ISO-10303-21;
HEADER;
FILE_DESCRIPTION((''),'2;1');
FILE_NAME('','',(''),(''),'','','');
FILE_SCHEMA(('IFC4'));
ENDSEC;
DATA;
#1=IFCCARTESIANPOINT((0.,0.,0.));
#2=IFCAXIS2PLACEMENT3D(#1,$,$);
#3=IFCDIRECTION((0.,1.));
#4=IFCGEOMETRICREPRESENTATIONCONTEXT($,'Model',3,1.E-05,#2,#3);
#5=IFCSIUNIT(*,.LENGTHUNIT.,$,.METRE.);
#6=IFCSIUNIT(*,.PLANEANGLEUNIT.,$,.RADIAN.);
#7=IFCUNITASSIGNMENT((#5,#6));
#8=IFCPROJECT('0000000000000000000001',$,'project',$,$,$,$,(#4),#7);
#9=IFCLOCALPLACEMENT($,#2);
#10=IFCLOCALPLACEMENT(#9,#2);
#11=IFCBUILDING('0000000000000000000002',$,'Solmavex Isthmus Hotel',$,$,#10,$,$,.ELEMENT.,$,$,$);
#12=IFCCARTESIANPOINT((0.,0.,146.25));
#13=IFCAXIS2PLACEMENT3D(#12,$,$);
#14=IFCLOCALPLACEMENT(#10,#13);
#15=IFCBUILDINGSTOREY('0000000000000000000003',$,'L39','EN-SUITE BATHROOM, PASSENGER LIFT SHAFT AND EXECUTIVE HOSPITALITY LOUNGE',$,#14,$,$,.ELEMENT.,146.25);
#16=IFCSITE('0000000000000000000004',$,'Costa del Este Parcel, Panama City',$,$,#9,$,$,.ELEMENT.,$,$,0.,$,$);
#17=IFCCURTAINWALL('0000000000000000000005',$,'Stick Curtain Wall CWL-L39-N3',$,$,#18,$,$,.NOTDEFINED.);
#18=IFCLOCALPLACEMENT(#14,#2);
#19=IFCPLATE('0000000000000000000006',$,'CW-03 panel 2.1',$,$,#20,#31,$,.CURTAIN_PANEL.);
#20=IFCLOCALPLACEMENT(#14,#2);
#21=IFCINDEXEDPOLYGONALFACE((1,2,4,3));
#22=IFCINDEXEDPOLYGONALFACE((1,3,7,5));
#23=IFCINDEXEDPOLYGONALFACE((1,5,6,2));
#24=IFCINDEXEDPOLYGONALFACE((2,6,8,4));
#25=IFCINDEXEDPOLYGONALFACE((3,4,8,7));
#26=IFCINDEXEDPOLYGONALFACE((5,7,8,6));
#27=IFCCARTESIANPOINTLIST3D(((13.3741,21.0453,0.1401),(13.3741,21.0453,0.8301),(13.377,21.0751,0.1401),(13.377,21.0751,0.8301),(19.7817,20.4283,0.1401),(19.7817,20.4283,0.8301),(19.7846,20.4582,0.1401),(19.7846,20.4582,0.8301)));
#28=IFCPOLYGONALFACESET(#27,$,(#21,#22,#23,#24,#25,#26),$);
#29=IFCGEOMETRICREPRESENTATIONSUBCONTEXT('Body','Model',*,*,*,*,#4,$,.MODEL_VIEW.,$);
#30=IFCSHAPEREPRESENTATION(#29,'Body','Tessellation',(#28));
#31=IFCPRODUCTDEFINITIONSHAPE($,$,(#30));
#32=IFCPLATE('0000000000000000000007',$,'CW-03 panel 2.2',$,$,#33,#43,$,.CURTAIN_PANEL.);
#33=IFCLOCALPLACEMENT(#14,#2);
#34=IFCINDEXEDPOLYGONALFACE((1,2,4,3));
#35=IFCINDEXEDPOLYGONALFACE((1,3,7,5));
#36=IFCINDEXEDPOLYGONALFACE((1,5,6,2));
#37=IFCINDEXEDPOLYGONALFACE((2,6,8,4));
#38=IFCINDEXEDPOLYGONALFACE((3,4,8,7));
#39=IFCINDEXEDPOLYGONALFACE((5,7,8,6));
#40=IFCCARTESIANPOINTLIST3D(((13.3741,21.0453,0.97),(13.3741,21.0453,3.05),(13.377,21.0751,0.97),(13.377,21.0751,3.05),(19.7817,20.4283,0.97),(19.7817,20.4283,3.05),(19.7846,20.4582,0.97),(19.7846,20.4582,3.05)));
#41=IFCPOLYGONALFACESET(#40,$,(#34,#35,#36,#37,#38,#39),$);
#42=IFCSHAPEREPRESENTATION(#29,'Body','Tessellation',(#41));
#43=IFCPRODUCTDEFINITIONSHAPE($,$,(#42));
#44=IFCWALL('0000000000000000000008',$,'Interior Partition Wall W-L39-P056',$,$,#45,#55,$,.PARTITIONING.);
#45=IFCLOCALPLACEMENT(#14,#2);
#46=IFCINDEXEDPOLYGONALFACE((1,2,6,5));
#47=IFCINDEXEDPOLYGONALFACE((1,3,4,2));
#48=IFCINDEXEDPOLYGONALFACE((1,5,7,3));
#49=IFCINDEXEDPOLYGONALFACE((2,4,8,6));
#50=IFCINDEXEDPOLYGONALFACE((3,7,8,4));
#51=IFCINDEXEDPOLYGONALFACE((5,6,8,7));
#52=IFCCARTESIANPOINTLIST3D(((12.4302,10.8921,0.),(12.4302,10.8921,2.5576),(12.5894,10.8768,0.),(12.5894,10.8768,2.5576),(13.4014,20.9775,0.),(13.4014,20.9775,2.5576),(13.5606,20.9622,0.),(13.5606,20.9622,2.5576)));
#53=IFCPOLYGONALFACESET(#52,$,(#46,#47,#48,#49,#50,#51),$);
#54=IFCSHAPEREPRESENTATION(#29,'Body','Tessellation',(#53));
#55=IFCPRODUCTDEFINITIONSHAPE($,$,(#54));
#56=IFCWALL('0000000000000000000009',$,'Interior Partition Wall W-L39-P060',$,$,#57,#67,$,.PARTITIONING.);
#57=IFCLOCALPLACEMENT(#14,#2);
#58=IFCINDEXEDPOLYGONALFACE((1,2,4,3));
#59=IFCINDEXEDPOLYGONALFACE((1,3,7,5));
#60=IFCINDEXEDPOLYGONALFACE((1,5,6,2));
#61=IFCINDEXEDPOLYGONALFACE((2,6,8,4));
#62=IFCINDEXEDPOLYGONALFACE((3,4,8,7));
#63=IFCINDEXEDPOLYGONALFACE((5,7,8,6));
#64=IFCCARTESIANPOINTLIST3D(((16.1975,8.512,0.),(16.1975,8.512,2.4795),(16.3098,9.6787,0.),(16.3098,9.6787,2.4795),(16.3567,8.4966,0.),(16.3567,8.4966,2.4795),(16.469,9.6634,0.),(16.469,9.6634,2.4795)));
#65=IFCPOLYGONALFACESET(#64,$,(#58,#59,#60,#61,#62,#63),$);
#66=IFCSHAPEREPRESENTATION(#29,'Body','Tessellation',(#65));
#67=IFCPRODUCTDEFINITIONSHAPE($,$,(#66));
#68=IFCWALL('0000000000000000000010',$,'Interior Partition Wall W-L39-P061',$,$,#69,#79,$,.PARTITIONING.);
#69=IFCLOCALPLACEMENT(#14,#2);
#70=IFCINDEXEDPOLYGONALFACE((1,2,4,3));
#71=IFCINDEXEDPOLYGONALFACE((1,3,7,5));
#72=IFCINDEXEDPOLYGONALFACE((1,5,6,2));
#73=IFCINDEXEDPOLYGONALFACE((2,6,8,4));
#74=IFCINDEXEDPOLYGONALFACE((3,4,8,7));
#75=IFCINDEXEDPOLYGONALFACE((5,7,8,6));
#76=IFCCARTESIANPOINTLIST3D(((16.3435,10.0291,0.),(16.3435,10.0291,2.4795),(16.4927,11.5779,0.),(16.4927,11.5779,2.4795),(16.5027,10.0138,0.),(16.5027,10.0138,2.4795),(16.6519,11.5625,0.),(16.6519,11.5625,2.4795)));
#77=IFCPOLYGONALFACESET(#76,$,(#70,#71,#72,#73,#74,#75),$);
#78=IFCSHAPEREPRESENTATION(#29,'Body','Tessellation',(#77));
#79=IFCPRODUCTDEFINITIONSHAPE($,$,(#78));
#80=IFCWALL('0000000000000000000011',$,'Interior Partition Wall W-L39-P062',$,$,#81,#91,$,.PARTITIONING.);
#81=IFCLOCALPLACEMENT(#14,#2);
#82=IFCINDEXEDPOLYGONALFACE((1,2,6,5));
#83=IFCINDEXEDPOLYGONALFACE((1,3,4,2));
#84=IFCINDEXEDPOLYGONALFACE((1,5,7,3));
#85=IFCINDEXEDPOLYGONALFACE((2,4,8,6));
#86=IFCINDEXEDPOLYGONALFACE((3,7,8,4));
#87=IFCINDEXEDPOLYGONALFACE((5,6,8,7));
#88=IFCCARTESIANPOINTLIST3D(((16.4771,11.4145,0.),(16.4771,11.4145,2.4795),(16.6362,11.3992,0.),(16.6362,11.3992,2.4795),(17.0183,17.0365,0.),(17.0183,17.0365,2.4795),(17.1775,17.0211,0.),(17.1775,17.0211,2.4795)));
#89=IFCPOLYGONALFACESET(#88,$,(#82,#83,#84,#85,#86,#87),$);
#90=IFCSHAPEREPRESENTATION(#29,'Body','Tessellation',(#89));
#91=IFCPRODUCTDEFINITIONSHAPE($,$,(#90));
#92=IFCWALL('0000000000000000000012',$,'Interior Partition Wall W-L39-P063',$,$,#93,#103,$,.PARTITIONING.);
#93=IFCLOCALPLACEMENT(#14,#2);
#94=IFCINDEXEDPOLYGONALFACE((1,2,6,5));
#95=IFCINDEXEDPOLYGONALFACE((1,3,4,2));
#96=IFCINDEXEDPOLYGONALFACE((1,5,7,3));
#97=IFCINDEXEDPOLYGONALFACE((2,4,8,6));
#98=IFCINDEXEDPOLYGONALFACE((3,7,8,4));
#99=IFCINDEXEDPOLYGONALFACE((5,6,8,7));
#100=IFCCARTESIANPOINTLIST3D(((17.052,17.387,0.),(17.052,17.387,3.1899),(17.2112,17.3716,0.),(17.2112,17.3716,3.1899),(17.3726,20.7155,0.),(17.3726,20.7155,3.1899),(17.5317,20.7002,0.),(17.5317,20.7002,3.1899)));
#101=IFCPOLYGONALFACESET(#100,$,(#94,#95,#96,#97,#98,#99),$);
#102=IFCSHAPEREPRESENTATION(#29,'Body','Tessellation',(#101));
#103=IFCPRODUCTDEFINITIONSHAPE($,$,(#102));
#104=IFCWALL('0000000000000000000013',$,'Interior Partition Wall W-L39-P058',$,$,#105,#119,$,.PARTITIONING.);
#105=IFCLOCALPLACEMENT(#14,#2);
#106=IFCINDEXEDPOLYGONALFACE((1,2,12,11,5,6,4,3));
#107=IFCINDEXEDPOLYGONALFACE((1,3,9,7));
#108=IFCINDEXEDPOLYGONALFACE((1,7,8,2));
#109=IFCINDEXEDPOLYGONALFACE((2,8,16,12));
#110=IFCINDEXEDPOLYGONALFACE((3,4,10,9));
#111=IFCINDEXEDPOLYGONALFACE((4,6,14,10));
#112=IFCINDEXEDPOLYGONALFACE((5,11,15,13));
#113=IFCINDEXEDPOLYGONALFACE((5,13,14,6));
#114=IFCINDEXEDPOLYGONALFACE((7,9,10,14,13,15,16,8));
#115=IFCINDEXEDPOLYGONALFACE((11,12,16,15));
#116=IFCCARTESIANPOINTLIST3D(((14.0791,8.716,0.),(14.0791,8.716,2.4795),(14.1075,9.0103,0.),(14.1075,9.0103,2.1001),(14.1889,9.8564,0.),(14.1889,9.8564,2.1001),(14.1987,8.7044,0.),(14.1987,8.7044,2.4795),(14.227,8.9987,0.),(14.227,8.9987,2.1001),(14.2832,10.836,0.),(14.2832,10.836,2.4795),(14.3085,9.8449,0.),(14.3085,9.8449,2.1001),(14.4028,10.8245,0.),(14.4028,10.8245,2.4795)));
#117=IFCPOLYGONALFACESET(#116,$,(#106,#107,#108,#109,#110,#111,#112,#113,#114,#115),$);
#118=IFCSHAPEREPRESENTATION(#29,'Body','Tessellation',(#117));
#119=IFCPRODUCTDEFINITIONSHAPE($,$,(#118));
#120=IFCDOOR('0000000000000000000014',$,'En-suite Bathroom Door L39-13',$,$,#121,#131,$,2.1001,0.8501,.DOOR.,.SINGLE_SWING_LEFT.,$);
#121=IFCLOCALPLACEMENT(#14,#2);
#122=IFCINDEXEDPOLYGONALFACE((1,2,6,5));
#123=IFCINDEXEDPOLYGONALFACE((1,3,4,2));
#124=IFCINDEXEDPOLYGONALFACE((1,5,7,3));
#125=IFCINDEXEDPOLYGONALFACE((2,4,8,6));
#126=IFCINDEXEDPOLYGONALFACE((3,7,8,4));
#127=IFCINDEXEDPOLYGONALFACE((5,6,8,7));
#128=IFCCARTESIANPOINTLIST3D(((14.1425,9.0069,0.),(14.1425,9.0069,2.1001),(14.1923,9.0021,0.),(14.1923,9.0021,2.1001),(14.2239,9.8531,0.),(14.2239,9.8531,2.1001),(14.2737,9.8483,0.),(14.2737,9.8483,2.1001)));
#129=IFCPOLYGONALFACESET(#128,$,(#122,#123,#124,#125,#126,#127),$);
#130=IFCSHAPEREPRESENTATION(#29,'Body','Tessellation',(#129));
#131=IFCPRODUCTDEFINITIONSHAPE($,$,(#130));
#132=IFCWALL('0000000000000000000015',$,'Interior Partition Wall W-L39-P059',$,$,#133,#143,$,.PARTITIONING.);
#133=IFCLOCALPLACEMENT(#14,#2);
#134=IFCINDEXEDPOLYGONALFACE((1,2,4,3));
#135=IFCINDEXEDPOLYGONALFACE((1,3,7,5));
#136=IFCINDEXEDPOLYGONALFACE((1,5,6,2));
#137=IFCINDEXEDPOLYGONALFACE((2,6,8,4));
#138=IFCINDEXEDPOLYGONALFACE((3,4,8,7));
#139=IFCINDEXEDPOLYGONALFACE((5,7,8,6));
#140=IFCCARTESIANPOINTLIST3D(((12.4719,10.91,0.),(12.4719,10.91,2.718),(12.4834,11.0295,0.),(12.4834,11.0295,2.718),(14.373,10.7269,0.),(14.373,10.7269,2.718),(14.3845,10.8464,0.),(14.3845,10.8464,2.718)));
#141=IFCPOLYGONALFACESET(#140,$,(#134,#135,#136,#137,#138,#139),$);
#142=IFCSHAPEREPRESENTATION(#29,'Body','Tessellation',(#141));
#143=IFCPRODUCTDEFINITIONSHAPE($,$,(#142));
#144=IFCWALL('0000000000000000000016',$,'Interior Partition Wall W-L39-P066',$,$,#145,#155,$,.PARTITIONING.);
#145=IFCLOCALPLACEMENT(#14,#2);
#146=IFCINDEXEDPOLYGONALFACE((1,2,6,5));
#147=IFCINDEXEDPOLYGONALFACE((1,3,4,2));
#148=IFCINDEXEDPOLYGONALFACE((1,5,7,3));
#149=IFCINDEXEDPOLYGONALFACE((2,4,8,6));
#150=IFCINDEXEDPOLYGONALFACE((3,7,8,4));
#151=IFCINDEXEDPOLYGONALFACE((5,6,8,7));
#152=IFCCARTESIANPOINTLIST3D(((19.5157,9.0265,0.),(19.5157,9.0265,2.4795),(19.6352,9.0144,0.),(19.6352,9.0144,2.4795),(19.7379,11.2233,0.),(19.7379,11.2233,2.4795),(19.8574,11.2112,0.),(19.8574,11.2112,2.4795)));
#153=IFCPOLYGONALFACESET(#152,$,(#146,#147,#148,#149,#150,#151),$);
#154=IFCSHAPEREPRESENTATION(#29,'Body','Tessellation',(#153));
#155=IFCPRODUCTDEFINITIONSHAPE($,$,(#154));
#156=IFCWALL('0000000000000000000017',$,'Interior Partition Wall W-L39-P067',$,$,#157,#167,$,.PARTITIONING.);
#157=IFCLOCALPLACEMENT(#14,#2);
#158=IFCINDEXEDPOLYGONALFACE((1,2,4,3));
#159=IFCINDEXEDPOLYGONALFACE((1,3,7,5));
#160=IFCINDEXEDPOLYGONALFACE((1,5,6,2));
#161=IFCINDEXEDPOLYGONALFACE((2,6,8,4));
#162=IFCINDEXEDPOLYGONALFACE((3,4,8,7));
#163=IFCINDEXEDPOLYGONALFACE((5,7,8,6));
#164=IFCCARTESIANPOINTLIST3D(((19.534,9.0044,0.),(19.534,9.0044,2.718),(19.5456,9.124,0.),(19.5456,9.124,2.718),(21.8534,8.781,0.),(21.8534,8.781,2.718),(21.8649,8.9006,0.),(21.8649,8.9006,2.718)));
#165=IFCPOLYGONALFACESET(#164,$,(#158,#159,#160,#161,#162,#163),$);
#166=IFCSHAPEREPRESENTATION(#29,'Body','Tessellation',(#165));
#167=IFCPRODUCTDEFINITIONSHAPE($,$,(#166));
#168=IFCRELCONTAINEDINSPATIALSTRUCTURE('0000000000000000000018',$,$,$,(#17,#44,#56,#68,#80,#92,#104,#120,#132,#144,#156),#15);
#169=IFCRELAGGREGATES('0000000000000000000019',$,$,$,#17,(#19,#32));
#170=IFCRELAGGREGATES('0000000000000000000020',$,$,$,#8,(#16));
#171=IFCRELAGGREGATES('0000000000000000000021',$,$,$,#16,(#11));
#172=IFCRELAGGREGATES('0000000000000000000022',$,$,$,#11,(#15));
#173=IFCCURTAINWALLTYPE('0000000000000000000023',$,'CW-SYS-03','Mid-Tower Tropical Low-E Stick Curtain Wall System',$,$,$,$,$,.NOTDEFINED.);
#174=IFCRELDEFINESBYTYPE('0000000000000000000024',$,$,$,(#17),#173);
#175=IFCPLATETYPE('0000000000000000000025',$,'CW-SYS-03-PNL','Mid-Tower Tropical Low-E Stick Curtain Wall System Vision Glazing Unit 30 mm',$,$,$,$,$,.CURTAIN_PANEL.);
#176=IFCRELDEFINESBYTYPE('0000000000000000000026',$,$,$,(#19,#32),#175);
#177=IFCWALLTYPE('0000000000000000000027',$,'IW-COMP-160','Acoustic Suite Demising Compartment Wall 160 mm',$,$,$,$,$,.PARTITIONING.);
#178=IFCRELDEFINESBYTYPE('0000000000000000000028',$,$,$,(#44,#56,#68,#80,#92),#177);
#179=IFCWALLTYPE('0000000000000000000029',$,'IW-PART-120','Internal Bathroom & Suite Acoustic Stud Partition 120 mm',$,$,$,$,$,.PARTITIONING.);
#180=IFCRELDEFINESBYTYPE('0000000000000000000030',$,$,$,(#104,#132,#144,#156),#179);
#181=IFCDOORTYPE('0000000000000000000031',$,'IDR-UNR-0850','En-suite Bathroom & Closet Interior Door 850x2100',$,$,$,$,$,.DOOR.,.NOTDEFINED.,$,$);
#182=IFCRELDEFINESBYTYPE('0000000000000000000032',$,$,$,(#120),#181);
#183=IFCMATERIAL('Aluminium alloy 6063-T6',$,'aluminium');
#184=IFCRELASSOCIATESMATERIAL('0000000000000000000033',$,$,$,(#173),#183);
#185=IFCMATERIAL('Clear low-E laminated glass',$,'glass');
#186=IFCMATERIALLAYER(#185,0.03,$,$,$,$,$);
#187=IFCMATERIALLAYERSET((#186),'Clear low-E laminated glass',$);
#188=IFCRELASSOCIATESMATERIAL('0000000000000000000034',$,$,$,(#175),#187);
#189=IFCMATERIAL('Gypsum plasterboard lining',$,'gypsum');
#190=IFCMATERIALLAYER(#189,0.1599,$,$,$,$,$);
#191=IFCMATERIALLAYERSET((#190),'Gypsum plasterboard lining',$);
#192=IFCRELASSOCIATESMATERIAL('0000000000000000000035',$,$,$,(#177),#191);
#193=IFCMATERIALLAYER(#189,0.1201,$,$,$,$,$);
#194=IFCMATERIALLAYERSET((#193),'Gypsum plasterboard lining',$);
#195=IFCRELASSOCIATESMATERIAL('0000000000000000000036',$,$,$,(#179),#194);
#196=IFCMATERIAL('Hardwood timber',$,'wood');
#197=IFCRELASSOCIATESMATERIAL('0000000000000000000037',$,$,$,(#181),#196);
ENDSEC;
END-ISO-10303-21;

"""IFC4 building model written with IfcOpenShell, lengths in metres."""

from ifc_helpers import new_model, si_unit, direction, frame, frame_2d, origin, origin_2d, place, context, subcontext, project, spatial, rectangle, extrude, material, layer, layer_set, type_object, element, fill, aggregate, save


model = new_model("IFC4")

# Units and contexts
model_context = context("Model", 3, precision=1e-05, world=origin(), true_north=direction((0.0, 1.0)))
body_context = subcontext(model_context, "Body", "Model", "MODEL_VIEW")
ifc_project = project(units=[si_unit("LENGTHUNIT", "METRE"), si_unit("PLANEANGLEUNIT", "RADIAN")], contexts=[model_context])

# Site, building, storey
site_placement = place(None, origin())
site = spatial("IfcSite", under=ifc_project, at=site_placement, Name="Costa del Este Parcel, Panama City", CompositionType="ELEMENT", RefElevation=0.0)
building_placement = place(site_placement, origin())
building = spatial("IfcBuilding", under=site, at=building_placement, Name="Solmavex Isthmus Hotel", CompositionType="ELEMENT")
storey_placement = place(building_placement, frame((0.0, 0.0, 146.25)))
storey = spatial("IfcBuildingStorey", under=building, at=storey_placement, Name="L39", Description="EN-SUITE BATHROOM, PASSENGER LIFT SHAFT AND EXECUTIVE HOSPITALITY LOUNGE", CompositionType="ELEMENT", Elevation=146.25)

# Curtain wall, plates
ifc_material_1 = material(Name="Aluminium alloy 6063-T6", Category="aluminium")
curtain_wall_type = type_object("IfcCurtainWallType", Name="CW-SYS-03", Description="Mid-Tower Tropical Low-E Stick Curtain Wall System", PredefinedType="NOTDEFINED", material=ifc_material_1)
curtain_wall_placement = place(storey_placement, origin())
curtain_wall = element("IfcCurtainWall", 1, at=curtain_wall_placement, inside=storey, type_object=curtain_wall_type, Name="Stick Curtain Wall CWL-L39-N3", PredefinedType="NOTDEFINED")
ifc_material_2 = material(Name="Clear low-E laminated glass", Category="glass")
ifc_layer_1 = layer(ifc_material_2, 0.03)
ifc_layer_set_1 = layer_set([ifc_layer_1], Name="Clear low-E laminated glass")
plate_type = type_object("IfcPlateType", Name="CW-SYS-03-PNL", Description="Mid-Tower Tropical Low-E Stick Curtain Wall System Vision Glazing Unit 30 mm", PredefinedType="CURTAIN_PANEL", material=ifc_layer_set_1)
plate_1_placement = place(storey_placement, frame((16.5793, 20.7517, 0.1401), z_axis=(0.0, 0.0, 1.0), x_axis=(0.995396, -0.095846, 0.0)))
plate_1 = element("IfcPlate", 2, at=plate_1_placement, type_object=plate_type, Name="CW-03 panel 2.1", PredefinedType="CURTAIN_PANEL", context=body_context, shape_type="SweptSolid", body=[
    extrude(rectangle(XDim=6.4373, YDim=0.03, at=origin_2d()), origin(), (0.0, 0.0, 1.0), 0.6899),
])
plate_2_placement = place(storey_placement, frame((16.5793, 20.7517, 0.97), z_axis=(0.0, 0.0, 1.0), x_axis=(0.995396, -0.095846, 0.0)))
plate_2 = element("IfcPlate", 3, at=plate_2_placement, type_object=plate_type, Name="CW-03 panel 2.2", PredefinedType="CURTAIN_PANEL", context=body_context, shape_type="SweptSolid", body=[
    extrude(rectangle(XDim=6.4373, YDim=0.03, at=origin_2d()), origin(), (0.0, 0.0, 1.0), 2.0801),
])
aggregate(curtain_wall, [plate_1, plate_2])

# Walls
ifc_material_3 = material(Name="Gypsum plasterboard lining", Category="gypsum")
ifc_layer_2 = layer(ifc_material_3, 0.1599)
ifc_layer_set_2 = layer_set([ifc_layer_2], Name="Gypsum plasterboard lining")
wall_type_1 = type_object("IfcWallType", Name="IW-COMP-160", Description="Acoustic Suite Demising Compartment Wall 160 mm", PredefinedType="PARTITIONING", material=ifc_layer_set_2)
wall_1_placement = place(storey_placement, frame((13.481, 20.9697, 0.0), z_axis=(0.0, 0.0, 1.0), x_axis=(-0.095853, -0.995396, 0.0)))
element("IfcWall", 4, at=wall_1_placement, inside=storey, type_object=wall_type_1, Name="Interior Partition Wall W-L39-P056", PredefinedType="PARTITIONING", context=body_context, shape_type="SweptSolid", body=[
    extrude(rectangle(XDim=10.1321, YDim=0.1599, at=frame_2d((5.0659, 0.0))), origin(), (0.0, 0.0, 1.0), 2.5576),
])
wall_2_placement = place(storey_placement, frame((16.3894, 9.6709, 0.0), z_axis=(0.0, 0.0, 1.0), x_axis=(-0.095812, -0.995399, 0.0)))
element("IfcWall", 5, at=wall_2_placement, inside=storey, type_object=wall_type_1, Name="Interior Partition Wall W-L39-P060", PredefinedType="PARTITIONING", context=body_context, shape_type="SweptSolid", body=[
    extrude(rectangle(XDim=1.1721, YDim=0.1599, at=frame_2d((0.5859, 0.0))), origin(), (0.0, 0.0, 1.0), 2.4795),
])
wall_3_placement = place(storey_placement, frame((16.5723, 11.5701, 0.0), z_axis=(0.0, 0.0, 1.0), x_axis=(-0.095868, -0.995394, 0.0)))
element("IfcWall", 6, at=wall_3_placement, inside=storey, type_object=wall_type_1, Name="Interior Partition Wall W-L39-P061", PredefinedType="PARTITIONING", context=body_context, shape_type="SweptSolid", body=[
    extrude(rectangle(XDim=1.5559, YDim=0.1599, at=frame_2d((0.7778, 0.0))), origin(), (0.0, 0.0, 1.0), 2.4795),
])
wall_4_placement = place(storey_placement, frame((17.0979, 17.0288, 0.0), z_axis=(0.0, 0.0, 1.0), x_axis=(-0.095831, -0.995398, 0.0)))
element("IfcWall", 7, at=wall_4_placement, inside=storey, type_object=wall_type_1, Name="Interior Partition Wall W-L39-P062", PredefinedType="PARTITIONING", context=body_context, shape_type="SweptSolid", body=[
    extrude(rectangle(XDim=5.6479, YDim=0.1599, at=frame_2d((2.824, 0.0))), origin(), (0.0, 0.0, 1.0), 2.4795),
])
wall_5_placement = place(storey_placement, frame((17.4521, 20.7078, 0.0), z_axis=(0.0, 0.0, 1.0), x_axis=(-0.09586, -0.995395, 0.0)))
element("IfcWall", 8, at=wall_5_placement, inside=storey, type_object=wall_type_1, Name="Interior Partition Wall W-L39-P063", PredefinedType="PARTITIONING", context=body_context, shape_type="SweptSolid", body=[
    extrude(rectangle(XDim=3.344, YDim=0.1599, at=frame_2d((1.6719, 0.0))), origin(), (0.0, 0.0, 1.0), 3.1899),
])

# Wall, opening, door
ifc_material_4 = material(Name="Hardwood timber", Category="wood")
ifc_layer_3 = layer(ifc_material_3, 0.1201)
ifc_layer_set_3 = layer_set([ifc_layer_3], Name="Gypsum plasterboard lining")
wall_type_2 = type_object("IfcWallType", Name="IW-PART-120", Description="Internal Bathroom & Suite Acoustic Stud Partition 120 mm", PredefinedType="PARTITIONING", material=ifc_layer_set_3)
wall_6_placement = place(storey_placement, frame((14.1389, 8.7102, 0.0), z_axis=(0.0, 0.0, 1.0), x_axis=(0.095826, 0.995398, 0.0)))
wall_6 = element("IfcWall", 9, at=wall_6_placement, inside=storey, type_object=wall_type_2, Name="Interior Partition Wall W-L39-P058", PredefinedType="PARTITIONING", context=body_context, shape_type="SweptSolid", body=[
    extrude(rectangle(XDim=2.1299, YDim=0.1201, at=frame_2d((1.0649, 0.0))), origin(), (0.0, 0.0, 1.0), 2.4795),
])
opening_1_placement = place(wall_6_placement, frame((0.2957, 0.0, 0.0)))
opening_1 = element("IfcOpeningElement", 10, at=opening_1_placement, cuts=wall_6, PredefinedType="OPENING", context=body_context, shape_type="SweptSolid", body=[
    extrude(rectangle(XDim=0.8501, YDim=2.1001, at=frame_2d((0.425, 1.05))), frame((0.0, 0.0701, 0.0), z_axis=(0.0, -1.0, 0.0), x_axis=(1.0, 0.0, 0.0)), (0.0, 0.0, 1.0), 0.1401),
])
door_type_1 = type_object("IfcDoorType", Name="IDR-UNR-0850", Description="En-suite Bathroom & Closet Interior Door 850x2100", OperationType="NOTDEFINED", PredefinedType="DOOR", material=ifc_material_4)
door_1_placement = place(opening_1_placement, origin())
door_1 = element("IfcDoor", 11, at=door_1_placement, inside=storey, type_object=door_type_1, Name="En-suite Bathroom Door L39-13", OperationType="SINGLE_SWING_LEFT", OverallHeight=2.1001, OverallWidth=0.8501, PredefinedType="DOOR", context=body_context, shape_type="SweptSolid", body=[
    extrude(rectangle(XDim=0.8501, YDim=2.1001, at=frame_2d((0.425, 1.05))), frame((0.0, 0.0249, 0.0), z_axis=(0.0, -1.0, 0.0), x_axis=(1.0, 0.0, 0.0)), (0.0, 0.0, 1.0), 0.05),
])
fill(opening_1, door_1)

# Walls
wall_7_placement = place(storey_placement, frame((14.3789, 10.7866, 0.0), z_axis=(0.0, 0.0, 1.0), x_axis=(-0.995394, 0.095871, 0.0)))
element("IfcWall", 12, at=wall_7_placement, inside=storey, type_object=wall_type_2, Name="Interior Partition Wall W-L39-P059", PredefinedType="PARTITIONING", context=body_context, shape_type="SweptSolid", body=[
    extrude(rectangle(XDim=1.9099, YDim=0.1201, at=frame_2d((0.9551, 0.0))), origin(), (0.0, 0.0, 1.0), 2.718),
])
wall_8_placement = place(storey_placement, frame((19.7976, 11.2173, 0.0), z_axis=(0.0, 0.0, 1.0), x_axis=(-0.10062, -0.994925, 0.0)))
element("IfcWall", 13, at=wall_8_placement, inside=storey, type_object=wall_type_2, Name="Interior Partition Wall W-L39-P066", PredefinedType="PARTITIONING", context=body_context, shape_type="SweptSolid", body=[
    extrude(rectangle(XDim=2.208, YDim=0.1201, at=frame_2d((1.104, 0.0))), origin(), (0.0, 0.0, 1.0), 2.4795),
])
wall_9_placement = place(storey_placement, frame((19.5398, 9.0642, 0.0), z_axis=(0.0, 0.0, 1.0), x_axis=(0.995394, -0.095872, 0.0)))
element("IfcWall", 14, at=wall_9_placement, inside=storey, type_object=wall_type_2, Name="Interior Partition Wall W-L39-P067", PredefinedType="PARTITIONING", context=body_context, shape_type="SweptSolid", body=[
    extrude(rectangle(XDim=2.3301, YDim=0.1201, at=frame_2d((1.165, 0.0))), origin(), (0.0, 0.0, 1.0), 2.718),
])

save(model, "model.ifc")
